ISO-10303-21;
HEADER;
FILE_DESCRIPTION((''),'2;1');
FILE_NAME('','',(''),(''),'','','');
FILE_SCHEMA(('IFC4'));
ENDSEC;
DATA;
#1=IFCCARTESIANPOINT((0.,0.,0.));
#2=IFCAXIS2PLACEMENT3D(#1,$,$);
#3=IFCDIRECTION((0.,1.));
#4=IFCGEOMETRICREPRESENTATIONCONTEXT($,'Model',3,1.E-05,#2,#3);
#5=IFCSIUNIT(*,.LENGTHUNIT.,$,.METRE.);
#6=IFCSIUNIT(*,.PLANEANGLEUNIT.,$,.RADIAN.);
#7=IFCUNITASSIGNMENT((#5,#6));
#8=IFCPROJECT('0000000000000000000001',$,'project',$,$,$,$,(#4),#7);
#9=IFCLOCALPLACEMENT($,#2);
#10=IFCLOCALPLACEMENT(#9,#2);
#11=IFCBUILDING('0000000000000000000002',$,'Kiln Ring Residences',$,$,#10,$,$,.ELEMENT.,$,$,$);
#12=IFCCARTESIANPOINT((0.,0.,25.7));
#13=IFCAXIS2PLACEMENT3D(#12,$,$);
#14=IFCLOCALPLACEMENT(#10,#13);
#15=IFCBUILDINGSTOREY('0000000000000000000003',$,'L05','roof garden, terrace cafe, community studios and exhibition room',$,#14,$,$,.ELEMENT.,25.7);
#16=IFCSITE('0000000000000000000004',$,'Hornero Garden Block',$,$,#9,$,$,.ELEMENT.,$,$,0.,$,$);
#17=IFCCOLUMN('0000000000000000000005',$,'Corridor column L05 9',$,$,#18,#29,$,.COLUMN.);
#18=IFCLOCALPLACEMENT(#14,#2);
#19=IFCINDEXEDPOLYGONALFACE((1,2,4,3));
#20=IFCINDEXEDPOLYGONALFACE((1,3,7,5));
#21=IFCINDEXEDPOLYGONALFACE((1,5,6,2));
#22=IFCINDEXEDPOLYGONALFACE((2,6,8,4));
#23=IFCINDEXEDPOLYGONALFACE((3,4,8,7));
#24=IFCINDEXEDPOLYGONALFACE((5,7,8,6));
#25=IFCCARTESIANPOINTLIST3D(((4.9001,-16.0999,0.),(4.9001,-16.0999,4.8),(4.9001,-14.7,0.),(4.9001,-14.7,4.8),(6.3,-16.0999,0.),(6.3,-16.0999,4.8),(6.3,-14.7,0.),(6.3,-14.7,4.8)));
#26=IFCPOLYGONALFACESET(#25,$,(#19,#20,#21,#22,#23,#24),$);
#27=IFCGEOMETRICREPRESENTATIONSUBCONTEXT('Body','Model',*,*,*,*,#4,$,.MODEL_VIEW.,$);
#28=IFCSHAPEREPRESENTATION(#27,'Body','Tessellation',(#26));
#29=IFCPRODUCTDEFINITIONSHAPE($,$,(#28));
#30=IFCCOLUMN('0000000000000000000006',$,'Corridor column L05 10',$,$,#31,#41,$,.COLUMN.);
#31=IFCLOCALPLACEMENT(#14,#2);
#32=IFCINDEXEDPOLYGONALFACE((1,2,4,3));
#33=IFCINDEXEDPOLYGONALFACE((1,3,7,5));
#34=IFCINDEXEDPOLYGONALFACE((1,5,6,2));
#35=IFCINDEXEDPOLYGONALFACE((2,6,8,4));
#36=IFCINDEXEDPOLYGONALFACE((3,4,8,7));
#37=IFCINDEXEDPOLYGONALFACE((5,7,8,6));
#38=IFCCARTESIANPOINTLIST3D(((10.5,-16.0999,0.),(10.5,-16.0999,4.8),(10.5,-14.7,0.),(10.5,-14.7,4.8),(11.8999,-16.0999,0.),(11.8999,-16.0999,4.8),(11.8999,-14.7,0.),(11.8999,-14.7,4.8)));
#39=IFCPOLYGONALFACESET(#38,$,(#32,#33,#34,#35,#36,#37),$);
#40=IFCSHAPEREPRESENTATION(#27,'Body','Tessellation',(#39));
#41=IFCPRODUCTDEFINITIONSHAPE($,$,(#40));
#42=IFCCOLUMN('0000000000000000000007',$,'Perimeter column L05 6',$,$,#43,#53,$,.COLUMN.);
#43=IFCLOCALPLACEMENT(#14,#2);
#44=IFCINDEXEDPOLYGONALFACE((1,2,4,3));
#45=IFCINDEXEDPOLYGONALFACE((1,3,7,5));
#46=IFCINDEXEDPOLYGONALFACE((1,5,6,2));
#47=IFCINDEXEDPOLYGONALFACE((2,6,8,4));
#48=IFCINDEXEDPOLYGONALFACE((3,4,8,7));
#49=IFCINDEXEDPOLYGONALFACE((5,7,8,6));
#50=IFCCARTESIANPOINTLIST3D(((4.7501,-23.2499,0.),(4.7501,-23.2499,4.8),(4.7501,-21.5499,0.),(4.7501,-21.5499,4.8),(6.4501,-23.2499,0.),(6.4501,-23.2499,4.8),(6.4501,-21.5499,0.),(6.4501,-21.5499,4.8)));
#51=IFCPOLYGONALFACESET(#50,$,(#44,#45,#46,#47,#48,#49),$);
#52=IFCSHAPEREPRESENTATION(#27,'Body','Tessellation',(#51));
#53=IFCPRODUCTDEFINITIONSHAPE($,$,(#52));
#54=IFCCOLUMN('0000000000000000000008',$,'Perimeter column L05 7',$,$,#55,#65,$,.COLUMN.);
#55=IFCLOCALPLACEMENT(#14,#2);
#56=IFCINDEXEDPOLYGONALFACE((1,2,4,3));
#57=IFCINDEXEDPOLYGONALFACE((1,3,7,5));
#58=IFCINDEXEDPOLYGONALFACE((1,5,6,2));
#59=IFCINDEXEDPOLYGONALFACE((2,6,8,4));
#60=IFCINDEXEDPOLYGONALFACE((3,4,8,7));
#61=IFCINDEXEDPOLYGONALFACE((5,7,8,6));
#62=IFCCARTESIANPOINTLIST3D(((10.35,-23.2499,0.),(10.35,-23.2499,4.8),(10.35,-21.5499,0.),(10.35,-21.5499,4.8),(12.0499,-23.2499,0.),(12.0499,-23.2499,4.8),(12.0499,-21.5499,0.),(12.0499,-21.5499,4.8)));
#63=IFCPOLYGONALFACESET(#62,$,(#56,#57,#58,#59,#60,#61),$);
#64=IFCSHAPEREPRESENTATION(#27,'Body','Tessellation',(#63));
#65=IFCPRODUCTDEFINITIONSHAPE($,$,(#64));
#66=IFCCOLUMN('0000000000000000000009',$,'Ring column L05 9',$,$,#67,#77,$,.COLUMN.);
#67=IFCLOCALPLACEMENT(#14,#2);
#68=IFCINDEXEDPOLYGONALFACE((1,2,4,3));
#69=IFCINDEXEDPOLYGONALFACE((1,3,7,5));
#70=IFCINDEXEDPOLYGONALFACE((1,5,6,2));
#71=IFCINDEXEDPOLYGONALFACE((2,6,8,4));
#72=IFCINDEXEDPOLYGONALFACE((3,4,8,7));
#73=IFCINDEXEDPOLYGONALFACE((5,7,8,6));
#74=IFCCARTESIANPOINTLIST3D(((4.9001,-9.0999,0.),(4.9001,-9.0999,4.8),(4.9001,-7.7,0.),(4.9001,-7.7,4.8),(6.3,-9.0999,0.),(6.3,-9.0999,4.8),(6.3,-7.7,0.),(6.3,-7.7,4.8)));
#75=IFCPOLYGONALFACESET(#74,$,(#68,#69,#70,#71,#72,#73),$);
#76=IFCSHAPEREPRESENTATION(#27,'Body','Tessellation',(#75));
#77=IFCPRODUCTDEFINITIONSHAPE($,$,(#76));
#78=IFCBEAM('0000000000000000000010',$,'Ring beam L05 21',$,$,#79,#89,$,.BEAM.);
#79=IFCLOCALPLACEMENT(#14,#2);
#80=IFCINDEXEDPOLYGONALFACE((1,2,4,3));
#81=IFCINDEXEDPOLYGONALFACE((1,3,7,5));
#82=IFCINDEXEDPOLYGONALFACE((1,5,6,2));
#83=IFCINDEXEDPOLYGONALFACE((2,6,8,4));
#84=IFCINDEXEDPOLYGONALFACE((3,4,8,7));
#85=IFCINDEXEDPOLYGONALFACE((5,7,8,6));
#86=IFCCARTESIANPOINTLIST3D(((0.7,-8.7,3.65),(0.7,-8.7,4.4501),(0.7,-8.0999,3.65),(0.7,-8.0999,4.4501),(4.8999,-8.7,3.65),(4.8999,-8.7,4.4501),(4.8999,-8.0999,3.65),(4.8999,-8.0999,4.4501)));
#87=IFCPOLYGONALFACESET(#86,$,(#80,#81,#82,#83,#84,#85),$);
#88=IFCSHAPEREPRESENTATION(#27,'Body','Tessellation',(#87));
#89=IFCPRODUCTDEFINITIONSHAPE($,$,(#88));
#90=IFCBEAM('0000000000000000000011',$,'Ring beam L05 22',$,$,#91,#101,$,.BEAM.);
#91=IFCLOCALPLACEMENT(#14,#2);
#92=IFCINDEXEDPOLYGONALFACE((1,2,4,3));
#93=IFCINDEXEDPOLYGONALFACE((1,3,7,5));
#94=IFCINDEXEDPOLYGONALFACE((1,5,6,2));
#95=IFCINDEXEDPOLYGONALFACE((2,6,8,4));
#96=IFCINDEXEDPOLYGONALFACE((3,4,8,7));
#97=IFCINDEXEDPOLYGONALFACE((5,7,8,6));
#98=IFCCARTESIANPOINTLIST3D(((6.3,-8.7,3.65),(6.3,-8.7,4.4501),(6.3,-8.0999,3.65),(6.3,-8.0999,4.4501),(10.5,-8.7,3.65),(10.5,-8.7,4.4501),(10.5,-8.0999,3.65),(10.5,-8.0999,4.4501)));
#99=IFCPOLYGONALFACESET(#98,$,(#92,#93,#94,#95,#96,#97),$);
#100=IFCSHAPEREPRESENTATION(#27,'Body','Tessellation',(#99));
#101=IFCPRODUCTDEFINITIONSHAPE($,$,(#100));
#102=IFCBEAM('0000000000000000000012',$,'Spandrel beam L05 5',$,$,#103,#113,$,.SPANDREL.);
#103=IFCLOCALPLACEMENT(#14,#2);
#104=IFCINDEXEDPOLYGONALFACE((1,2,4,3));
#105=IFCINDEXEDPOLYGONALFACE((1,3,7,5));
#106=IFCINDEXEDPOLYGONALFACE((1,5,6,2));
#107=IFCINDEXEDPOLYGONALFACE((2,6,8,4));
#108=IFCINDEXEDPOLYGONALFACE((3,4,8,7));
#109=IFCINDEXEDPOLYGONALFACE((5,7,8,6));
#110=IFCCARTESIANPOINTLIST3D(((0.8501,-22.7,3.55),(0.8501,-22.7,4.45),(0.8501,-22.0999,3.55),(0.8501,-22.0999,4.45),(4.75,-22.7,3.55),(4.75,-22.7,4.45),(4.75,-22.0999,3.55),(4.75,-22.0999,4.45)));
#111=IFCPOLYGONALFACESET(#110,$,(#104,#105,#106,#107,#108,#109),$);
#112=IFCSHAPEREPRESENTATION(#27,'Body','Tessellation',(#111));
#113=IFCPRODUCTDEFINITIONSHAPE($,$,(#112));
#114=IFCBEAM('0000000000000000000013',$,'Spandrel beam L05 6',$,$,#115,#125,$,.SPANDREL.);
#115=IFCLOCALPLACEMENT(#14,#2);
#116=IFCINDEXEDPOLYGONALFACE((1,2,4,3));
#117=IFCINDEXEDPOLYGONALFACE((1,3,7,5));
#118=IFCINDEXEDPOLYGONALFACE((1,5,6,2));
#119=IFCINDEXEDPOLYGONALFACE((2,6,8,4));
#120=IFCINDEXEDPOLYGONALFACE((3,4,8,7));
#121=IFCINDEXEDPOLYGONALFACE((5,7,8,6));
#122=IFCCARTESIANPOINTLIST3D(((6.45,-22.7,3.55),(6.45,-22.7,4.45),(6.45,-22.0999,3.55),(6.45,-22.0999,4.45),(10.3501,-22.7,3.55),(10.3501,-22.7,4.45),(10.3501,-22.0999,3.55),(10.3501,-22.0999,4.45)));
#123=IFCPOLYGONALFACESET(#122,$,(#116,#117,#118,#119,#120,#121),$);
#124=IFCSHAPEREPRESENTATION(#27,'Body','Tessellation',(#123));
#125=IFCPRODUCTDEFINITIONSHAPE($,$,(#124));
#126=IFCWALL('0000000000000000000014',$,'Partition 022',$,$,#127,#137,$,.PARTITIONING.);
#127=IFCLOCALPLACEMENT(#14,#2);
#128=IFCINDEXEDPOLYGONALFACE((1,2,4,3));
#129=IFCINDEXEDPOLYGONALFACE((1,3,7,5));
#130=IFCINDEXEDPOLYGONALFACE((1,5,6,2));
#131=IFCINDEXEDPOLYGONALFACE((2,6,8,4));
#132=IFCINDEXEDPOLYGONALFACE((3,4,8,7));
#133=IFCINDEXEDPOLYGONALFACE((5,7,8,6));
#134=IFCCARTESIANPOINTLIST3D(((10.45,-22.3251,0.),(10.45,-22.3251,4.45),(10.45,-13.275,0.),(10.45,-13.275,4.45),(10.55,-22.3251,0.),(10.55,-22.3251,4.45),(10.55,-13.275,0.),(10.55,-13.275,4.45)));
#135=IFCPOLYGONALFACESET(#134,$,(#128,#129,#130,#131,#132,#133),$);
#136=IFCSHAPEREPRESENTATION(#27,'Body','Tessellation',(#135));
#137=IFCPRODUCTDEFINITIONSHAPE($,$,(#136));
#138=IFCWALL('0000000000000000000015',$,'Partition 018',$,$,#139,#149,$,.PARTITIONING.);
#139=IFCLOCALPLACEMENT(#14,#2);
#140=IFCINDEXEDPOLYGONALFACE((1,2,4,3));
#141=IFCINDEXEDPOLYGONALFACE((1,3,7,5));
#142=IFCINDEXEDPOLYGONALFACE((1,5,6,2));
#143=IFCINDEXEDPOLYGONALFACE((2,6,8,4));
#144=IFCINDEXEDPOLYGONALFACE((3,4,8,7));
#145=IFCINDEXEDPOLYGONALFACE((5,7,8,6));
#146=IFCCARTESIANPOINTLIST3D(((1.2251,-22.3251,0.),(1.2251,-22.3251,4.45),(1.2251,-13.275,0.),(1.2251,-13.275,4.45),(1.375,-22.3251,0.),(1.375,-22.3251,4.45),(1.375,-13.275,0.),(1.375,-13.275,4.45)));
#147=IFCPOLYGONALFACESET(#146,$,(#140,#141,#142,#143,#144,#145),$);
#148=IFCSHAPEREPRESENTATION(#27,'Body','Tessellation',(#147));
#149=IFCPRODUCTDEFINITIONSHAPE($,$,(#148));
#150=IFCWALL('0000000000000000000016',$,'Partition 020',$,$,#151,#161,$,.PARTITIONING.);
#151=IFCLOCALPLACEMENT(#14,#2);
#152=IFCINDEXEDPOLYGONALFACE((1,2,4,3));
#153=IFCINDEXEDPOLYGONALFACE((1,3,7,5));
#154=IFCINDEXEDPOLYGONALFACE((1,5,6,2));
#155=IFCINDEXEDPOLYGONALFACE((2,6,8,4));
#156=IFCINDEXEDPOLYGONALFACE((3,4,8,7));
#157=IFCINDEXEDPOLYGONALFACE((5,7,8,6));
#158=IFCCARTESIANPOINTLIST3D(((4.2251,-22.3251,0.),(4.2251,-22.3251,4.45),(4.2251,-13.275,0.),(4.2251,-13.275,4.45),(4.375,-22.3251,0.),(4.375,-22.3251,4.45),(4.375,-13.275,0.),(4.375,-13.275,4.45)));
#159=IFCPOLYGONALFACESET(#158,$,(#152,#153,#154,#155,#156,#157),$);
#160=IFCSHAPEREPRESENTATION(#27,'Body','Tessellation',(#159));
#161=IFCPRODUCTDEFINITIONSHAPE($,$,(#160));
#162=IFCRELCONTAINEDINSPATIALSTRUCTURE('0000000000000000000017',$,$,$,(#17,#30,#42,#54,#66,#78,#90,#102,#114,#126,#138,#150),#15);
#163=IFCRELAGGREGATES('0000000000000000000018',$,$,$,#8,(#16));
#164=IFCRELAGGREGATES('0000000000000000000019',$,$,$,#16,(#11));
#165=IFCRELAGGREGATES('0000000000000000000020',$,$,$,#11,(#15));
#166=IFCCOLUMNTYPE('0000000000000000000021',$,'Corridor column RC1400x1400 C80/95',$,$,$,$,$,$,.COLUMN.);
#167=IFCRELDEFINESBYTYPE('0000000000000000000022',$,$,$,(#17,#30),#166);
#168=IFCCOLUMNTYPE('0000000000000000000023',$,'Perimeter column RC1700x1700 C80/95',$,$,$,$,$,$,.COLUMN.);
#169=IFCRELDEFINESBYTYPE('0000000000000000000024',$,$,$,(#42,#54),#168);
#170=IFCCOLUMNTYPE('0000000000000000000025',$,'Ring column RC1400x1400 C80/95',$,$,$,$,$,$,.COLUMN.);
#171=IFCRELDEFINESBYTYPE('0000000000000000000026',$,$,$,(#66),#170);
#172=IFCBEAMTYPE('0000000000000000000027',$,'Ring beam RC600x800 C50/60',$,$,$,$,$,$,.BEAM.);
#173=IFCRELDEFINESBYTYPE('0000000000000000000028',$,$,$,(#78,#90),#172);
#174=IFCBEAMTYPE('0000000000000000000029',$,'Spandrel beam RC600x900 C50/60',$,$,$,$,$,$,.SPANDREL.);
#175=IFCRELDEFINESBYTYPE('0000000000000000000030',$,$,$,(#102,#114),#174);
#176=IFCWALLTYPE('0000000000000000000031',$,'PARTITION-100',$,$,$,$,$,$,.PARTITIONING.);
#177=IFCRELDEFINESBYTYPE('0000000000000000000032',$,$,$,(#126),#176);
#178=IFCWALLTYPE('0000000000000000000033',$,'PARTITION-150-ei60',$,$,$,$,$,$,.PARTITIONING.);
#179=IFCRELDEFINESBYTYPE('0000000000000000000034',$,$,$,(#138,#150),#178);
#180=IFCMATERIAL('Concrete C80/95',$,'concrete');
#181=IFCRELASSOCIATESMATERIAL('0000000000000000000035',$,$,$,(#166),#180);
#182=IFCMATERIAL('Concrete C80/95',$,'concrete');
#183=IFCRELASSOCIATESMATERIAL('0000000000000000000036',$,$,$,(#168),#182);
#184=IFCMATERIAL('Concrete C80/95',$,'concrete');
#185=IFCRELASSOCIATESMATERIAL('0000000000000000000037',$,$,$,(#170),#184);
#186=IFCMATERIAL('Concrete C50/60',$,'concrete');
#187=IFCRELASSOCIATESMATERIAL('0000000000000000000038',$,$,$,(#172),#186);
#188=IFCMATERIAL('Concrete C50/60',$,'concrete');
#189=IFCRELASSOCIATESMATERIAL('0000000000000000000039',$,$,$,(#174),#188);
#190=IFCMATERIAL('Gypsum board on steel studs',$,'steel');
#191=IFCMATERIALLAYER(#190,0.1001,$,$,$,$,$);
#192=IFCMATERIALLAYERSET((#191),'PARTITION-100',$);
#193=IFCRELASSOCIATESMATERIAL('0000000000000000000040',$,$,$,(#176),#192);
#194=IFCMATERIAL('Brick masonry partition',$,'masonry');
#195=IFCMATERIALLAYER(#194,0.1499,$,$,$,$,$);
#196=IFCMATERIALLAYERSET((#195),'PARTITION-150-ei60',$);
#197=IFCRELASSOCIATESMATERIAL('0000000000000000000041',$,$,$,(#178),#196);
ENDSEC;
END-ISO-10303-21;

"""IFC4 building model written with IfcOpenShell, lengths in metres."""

from ifc_helpers import new_model, si_unit, direction, frame, frame_2d, origin, origin_2d, place, context, subcontext, project, spatial, rectangle, extrude, material, layer, layer_set, material_profile, profile_set, type_object, element, save


model = new_model("IFC4")

# Units and contexts
model_context = context("Model", 3, precision=1e-05, world=origin(), true_north=direction((0.0, 1.0)))
body_context = subcontext(model_context, "Body", "Model", "MODEL_VIEW")
ifc_project = project(units=[si_unit("LENGTHUNIT", "METRE"), si_unit("PLANEANGLEUNIT", "RADIAN")], contexts=[model_context])

# Site, building, storey
site_placement = place(None, origin())
site = spatial("IfcSite", under=ifc_project, at=site_placement, Name="Hornero Garden Block", CompositionType="ELEMENT", RefElevation=0.0)
building_placement = place(site_placement, origin())
building = spatial("IfcBuilding", under=site, at=building_placement, Name="Kiln Ring Residences", CompositionType="ELEMENT")
storey_placement = place(building_placement, frame((0.0, 0.0, 25.7)))
storey = spatial("IfcBuildingStorey", under=building, at=storey_placement, Name="L05", Description="roof garden, terrace cafe, community studios and exhibition room", CompositionType="ELEMENT", Elevation=25.7)

# Columns
ifc_material_1 = material(Name="Concrete C80/95", Category="concrete")
ifc_material_profile_1 = material_profile(ifc_material_1, rectangle(XDim=1.3999, YDim=1.3999, at=origin_2d()), Name="RC1400x1400")
ifc_profile_set_1 = profile_set([ifc_material_profile_1], Name="Concrete C80/95")
column_type_1 = type_object("IfcColumnType", Name="Corridor column RC1400x1400 C80/95", PredefinedType="COLUMN", material=ifc_profile_set_1)
for number, where, z_axis, x_axis, name in (
    (1, (5.6001, -15.3999, 0.0), (0.0, 0.0, 1.0), (1.0, 0.0, 0.0), "Corridor column L05 9"),
    (2, (11.2, -15.3999, 0.0), (0.0, 0.0, 1.0), (1.0, 0.0, 0.0), "Corridor column L05 10"),
):
    element("IfcColumn", number, at=place(storey_placement, frame(where, z_axis=z_axis, x_axis=x_axis)), inside=storey, type_object=column_type_1, Name=name, PredefinedType="COLUMN", context=body_context, shape_type="SweptSolid", body=[
        extrude(rectangle(XDim=1.3999, YDim=1.3999, at=origin_2d()), origin(), (0.0, 0.0, 1.0), 4.8),
    ])
ifc_material_2 = material(Name="Concrete C80/95", Category="concrete")
ifc_material_profile_2 = material_profile(ifc_material_2, rectangle(XDim=1.7, YDim=1.7, at=origin_2d()), Name="RC1700x1700")
ifc_profile_set_2 = profile_set([ifc_material_profile_2], Name="Concrete C80/95")
column_type_2 = type_object("IfcColumnType", Name="Perimeter column RC1700x1700 C80/95", PredefinedType="COLUMN", material=ifc_profile_set_2)
for number, where, z_axis, x_axis, name in (
    (3, (5.6001, -22.3999, 0.0), (0.0, 0.0, 1.0), (1.0, 0.0, 0.0), "Perimeter column L05 6"),
    (4, (11.2, -22.3999, 0.0), (0.0, 0.0, 1.0), (1.0, 0.0, 0.0), "Perimeter column L05 7"),
):
    element("IfcColumn", number, at=place(storey_placement, frame(where, z_axis=z_axis, x_axis=x_axis)), inside=storey, type_object=column_type_2, Name=name, PredefinedType="COLUMN", context=body_context, shape_type="SweptSolid", body=[
        extrude(rectangle(XDim=1.7, YDim=1.7, at=origin_2d()), origin(), (0.0, 0.0, 1.0), 4.8),
    ])
ifc_material_3 = material(Name="Concrete C80/95", Category="concrete")
ifc_material_profile_3 = material_profile(ifc_material_3, rectangle(XDim=1.3999, YDim=1.3999, at=origin_2d()), Name="RC1400x1400")
ifc_profile_set_3 = profile_set([ifc_material_profile_3], Name="Concrete C80/95")
column_type_3 = type_object("IfcColumnType", Name="Ring column RC1400x1400 C80/95", PredefinedType="COLUMN", material=ifc_profile_set_3)
column_placement = place(storey_placement, frame((5.6001, -8.3999, 0.0), z_axis=(0.0, 0.0, 1.0), x_axis=(1.0, 0.0, 0.0)))
element("IfcColumn", 5, at=column_placement, inside=storey, type_object=column_type_3, Name="Ring column L05 9", PredefinedType="COLUMN", context=body_context, shape_type="SweptSolid", body=[
    extrude(rectangle(XDim=1.3999, YDim=1.3999, at=origin_2d()), origin(), (0.0, 0.0, 1.0), 4.8),
])

# Beams
ifc_material_4 = material(Name="Concrete C50/60", Category="concrete")
ifc_material_profile_4 = material_profile(ifc_material_4, rectangle(XDim=0.6001, YDim=0.8, at=origin_2d()), Name="RC600x800")
ifc_profile_set_4 = profile_set([ifc_material_profile_4], Name="Concrete C50/60")
beam_type_1 = type_object("IfcBeamType", Name="Ring beam RC600x800 C50/60", PredefinedType="BEAM", material=ifc_profile_set_4)
for number, where, z_axis, x_axis, name in (
    (6, (0.7, -8.3999, 4.05), (1.0, 0.0, 0.0), (0.0, 1.0, 0.0), "Ring beam L05 21"),
    (7, (6.3, -8.3999, 4.05), (1.0, 0.0, 0.0), (0.0, 1.0, 0.0), "Ring beam L05 22"),
):
    element("IfcBeam", number, at=place(storey_placement, frame(where, z_axis=z_axis, x_axis=x_axis)), inside=storey, type_object=beam_type_1, Name=name, PredefinedType="BEAM", context=body_context, shape_type="SweptSolid", body=[
        extrude(rectangle(XDim=0.6001, YDim=0.8, at=origin_2d()), origin(), (0.0, 0.0, 1.0), 4.2),
    ])
ifc_material_5 = material(Name="Concrete C50/60", Category="concrete")
ifc_material_profile_5 = material_profile(ifc_material_5, rectangle(XDim=0.6001, YDim=0.8999, at=origin_2d()), Name="RC600x900")
ifc_profile_set_5 = profile_set([ifc_material_profile_5], Name="Concrete C50/60")
beam_type_2 = type_object("IfcBeamType", Name="Spandrel beam RC600x900 C50/60", PredefinedType="SPANDREL", material=ifc_profile_set_5)
beam_1_placement = place(storey_placement, frame((0.8501, -22.3999, 4.0), z_axis=(1.0, 0.0, 0.0), x_axis=(0.0, 1.0, 0.0)))
element("IfcBeam", 8, at=beam_1_placement, inside=storey, type_object=beam_type_2, Name="Spandrel beam L05 5", PredefinedType="SPANDREL", context=body_context, shape_type="SweptSolid", body=[
    extrude(rectangle(XDim=0.6001, YDim=0.8999, at=origin_2d()), origin(), (0.0, 0.0, 1.0), 3.8999),
])
beam_2_placement = place(storey_placement, frame((6.45, -22.3999, 4.0), z_axis=(1.0, 0.0, 0.0), x_axis=(0.0, 1.0, 0.0)))
element("IfcBeam", 9, at=beam_2_placement, inside=storey, type_object=beam_type_2, Name="Spandrel beam L05 6", PredefinedType="SPANDREL", context=body_context, shape_type="SweptSolid", body=[
    extrude(rectangle(XDim=0.6001, YDim=0.8999, at=origin_2d()), origin(), (0.0, 0.0, 1.0), 3.9001),
])

# Walls
ifc_material_6 = material(Name="Gypsum board on steel studs", Category="steel")
ifc_layer_1 = layer(ifc_material_6, 0.1001)
ifc_layer_set_1 = layer_set([ifc_layer_1], Name="PARTITION-100")
wall_type_1 = type_object("IfcWallType", Name="PARTITION-100", PredefinedType="PARTITIONING", material=ifc_layer_set_1)
wall_placement = place(storey_placement, frame((10.5, -22.325, 0.0), z_axis=(0.0, 0.0, 1.0), x_axis=(0.0, 1.0, 0.0)))
element("IfcWall", 10, at=wall_placement, inside=storey, type_object=wall_type_1, Name="Partition 022", PredefinedType="PARTITIONING", context=body_context, shape_type="SweptSolid", body=[
    extrude(rectangle(XDim=9.05, YDim=0.1001, at=frame_2d((4.5249, 0.0))), origin(), (0.0, 0.0, 1.0), 4.45),
])
ifc_material_7 = material(Name="Brick masonry partition", Category="masonry")
ifc_layer_2 = layer(ifc_material_7, 0.1499)
ifc_layer_set_2 = layer_set([ifc_layer_2], Name="PARTITION-150-ei60")
wall_type_2 = type_object("IfcWallType", Name="PARTITION-150-ei60", PredefinedType="PARTITIONING", material=ifc_layer_set_2)
for number, where, z_axis, x_axis, name in (
    (11, (1.3, -22.325, 0.0), (0.0, 0.0, 1.0), (0.0, 1.0, 0.0), "Partition 018"),
    (12, (4.3, -22.325, 0.0), (0.0, 0.0, 1.0), (0.0, 1.0, 0.0), "Partition 020"),
):
    element("IfcWall", number, at=place(storey_placement, frame(where, z_axis=z_axis, x_axis=x_axis)), inside=storey, type_object=wall_type_2, Name=name, PredefinedType="PARTITIONING", context=body_context, shape_type="SweptSolid", body=[
        extrude(rectangle(XDim=9.05, YDim=0.1499, at=frame_2d((4.5249, 0.0))), origin(), (0.0, 0.0, 1.0), 4.45),
    ])

save(model, "model.ifc")
